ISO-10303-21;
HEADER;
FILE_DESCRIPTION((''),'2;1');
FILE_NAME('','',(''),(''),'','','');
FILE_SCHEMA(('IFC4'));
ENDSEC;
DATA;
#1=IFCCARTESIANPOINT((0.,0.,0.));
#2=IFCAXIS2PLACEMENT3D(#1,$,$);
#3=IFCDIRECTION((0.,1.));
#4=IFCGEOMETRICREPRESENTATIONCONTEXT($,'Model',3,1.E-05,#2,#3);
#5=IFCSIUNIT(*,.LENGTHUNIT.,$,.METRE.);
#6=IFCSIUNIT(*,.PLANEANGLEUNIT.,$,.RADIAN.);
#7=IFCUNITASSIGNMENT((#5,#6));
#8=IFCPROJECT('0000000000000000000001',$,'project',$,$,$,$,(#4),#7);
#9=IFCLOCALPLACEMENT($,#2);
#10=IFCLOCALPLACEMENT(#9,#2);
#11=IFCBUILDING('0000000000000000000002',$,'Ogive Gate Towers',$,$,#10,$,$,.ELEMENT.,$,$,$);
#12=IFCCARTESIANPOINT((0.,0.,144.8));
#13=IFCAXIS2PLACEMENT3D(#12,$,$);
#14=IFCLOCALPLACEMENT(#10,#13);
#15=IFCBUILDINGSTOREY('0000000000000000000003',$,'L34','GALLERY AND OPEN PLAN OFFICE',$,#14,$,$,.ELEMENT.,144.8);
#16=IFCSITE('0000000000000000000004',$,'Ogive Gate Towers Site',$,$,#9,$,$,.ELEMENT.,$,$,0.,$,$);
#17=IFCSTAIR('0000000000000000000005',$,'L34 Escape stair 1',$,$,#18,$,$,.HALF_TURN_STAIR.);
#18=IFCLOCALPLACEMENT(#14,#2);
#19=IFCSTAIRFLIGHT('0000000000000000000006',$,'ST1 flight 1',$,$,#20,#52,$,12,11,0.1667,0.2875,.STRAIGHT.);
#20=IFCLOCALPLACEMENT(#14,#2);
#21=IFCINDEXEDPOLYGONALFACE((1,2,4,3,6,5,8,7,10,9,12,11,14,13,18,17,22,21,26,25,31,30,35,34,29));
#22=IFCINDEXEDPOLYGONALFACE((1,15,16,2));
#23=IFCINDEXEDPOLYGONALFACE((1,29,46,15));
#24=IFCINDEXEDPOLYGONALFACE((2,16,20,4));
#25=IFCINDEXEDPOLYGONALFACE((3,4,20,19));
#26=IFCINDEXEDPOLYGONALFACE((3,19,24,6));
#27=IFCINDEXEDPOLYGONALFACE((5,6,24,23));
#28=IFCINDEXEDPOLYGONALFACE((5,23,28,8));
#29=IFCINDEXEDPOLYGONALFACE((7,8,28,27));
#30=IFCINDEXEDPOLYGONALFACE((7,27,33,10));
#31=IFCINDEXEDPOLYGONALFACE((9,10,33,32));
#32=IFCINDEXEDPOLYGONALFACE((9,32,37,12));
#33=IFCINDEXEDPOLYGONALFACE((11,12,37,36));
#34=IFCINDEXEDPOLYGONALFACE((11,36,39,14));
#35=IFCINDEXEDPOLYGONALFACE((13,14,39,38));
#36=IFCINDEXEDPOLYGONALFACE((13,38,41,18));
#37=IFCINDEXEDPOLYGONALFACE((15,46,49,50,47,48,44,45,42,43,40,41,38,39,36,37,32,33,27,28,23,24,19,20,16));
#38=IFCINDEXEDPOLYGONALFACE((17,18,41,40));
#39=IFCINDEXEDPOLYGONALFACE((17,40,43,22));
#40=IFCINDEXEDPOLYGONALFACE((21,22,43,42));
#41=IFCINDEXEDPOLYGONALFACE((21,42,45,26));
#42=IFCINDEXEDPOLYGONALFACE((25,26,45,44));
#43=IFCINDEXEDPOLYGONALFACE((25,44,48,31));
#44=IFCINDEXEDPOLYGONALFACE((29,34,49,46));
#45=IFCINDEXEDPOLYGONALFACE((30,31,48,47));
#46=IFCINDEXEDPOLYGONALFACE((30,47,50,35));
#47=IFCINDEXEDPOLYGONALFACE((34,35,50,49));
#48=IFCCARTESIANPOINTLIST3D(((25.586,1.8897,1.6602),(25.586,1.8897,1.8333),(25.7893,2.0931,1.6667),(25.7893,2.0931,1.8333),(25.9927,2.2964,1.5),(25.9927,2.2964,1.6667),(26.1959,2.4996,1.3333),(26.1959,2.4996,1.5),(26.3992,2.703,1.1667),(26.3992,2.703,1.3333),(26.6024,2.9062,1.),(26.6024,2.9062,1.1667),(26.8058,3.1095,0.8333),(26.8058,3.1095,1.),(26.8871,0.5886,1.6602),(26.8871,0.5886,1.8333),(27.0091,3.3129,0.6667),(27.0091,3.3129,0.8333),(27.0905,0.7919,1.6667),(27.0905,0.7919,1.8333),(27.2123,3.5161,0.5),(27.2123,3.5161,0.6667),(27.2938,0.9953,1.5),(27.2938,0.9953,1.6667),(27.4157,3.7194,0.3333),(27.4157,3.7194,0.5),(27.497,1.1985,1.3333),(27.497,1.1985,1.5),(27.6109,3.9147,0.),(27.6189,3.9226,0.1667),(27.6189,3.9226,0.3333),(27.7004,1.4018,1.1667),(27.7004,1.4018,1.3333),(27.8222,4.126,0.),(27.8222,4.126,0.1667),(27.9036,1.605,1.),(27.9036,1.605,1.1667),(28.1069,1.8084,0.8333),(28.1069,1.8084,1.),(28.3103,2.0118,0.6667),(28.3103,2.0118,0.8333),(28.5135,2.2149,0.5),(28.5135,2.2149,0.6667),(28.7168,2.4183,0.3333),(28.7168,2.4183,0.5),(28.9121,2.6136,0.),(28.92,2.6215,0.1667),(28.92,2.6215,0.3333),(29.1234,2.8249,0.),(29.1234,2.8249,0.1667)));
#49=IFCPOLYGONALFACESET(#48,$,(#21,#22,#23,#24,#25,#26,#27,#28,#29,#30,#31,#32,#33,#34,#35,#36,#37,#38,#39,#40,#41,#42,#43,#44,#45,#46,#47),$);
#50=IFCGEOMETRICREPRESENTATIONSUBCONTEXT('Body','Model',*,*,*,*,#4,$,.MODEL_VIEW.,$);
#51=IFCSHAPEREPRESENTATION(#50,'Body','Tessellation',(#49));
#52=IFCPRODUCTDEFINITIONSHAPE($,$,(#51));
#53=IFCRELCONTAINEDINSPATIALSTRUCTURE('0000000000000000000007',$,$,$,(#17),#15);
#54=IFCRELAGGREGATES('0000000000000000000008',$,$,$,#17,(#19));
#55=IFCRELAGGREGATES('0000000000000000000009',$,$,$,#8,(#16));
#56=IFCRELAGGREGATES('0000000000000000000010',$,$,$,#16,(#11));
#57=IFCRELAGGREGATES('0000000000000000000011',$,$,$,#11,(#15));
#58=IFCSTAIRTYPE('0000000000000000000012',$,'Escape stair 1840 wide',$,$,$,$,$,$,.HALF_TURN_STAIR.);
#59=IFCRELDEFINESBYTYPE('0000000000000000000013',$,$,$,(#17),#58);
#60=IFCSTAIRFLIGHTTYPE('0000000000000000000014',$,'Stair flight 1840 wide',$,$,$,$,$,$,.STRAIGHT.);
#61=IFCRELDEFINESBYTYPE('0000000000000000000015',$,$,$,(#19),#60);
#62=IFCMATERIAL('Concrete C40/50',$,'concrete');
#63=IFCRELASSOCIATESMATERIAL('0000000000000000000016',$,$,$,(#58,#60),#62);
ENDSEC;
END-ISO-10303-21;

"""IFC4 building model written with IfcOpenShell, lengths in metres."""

from ifc_helpers import new_model, si_unit, direction, frame, origin, place, context, subcontext, project, spatial, polyline, outline, extrude, material, type_object, element, aggregate, save


model = new_model("IFC4")

# Units and contexts
model_context = context("Model", 3, precision=1e-05, world=origin(), true_north=direction((0.0, 1.0)))
body_context = subcontext(model_context, "Body", "Model", "MODEL_VIEW")
ifc_project = project(units=[si_unit("LENGTHUNIT", "METRE"), si_unit("PLANEANGLEUNIT", "RADIAN")], contexts=[model_context])

# Site, building, storey
site_placement = place(None, origin())
site = spatial("IfcSite", under=ifc_project, at=site_placement, Name="Ogive Gate Towers Site", CompositionType="ELEMENT", RefElevation=0.0)
building_placement = place(site_placement, origin())
building = spatial("IfcBuilding", under=site, at=building_placement, Name="Ogive Gate Towers", CompositionType="ELEMENT")
storey_placement = place(building_placement, frame((0.0, 0.0, 144.8)))
storey = spatial("IfcBuildingStorey", under=building, at=storey_placement, Name="L34", Description="GALLERY AND OPEN PLAN OFFICE", CompositionType="ELEMENT", Elevation=144.8)

# Shared definitions
ifc_material_1 = material(Name="Concrete C40/50", Category="concrete")

# Stair, stair flight
stair_type = type_object("IfcStairType", Name="Escape stair 1840 wide", PredefinedType="HALF_TURN_STAIR", material=ifc_material_1)
stair_placement = place(storey_placement, origin())
stair = element("IfcStair", 1, at=stair_placement, inside=storey, type_object=stair_type, Name="L34 Escape stair 1", PredefinedType="HALF_TURN_STAIR")
stair_flight_type = type_object("IfcStairFlightType", Name="Stair flight 1840 wide", PredefinedType="STRAIGHT", material=ifc_material_1)
stair_flight_placement = place(storey_placement, frame((28.4729, 3.4753, 0.0), z_axis=(0.0, 0.0, 1.0), x_axis=(-0.707107, -0.707107, 0.0)))
stair_flight = element("IfcStairFlight", 2, at=stair_flight_placement, type_object=stair_flight_type, Name="ST1 flight 1", NumberOfRisers=12, NumberOfTreads=11, PredefinedType="STRAIGHT", RiserHeight=0.1667, TreadLength=0.2875, context=body_context, shape_type="SweptSolid", body=[
    extrude(outline(polyline([(0.0, 0.0), (0.0, 0.1667), (0.2876, 0.1667), (0.2876, 0.3333), (0.575, 0.3333), (0.575, 0.5), (0.8625, 0.5), (0.8625, 0.6667), (1.1499, 0.6667), (1.1499, 0.8333), (1.4375, 0.8333), (1.4375, 1.0), (1.7251, 1.0), (1.7251, 1.1667), (2.0125, 1.1667), (2.0125, 1.3333), (2.3, 1.3333), (2.3, 1.5), (2.5874, 1.5), (2.5874, 1.6667), (2.875, 1.6667), (2.875, 1.8333), (3.1626, 1.8333), (3.1626, 2.0), (3.1626, 1.6602), (0.2988, 0.0), (0.0, 0.0)])), frame((0.0, 0.9199, 0.0), z_axis=(0.0, -1.0, 0.0), x_axis=(1.0, 0.0, 0.0)), (0.0, 0.0, 1.0), 1.8401),
])
aggregate(stair, [stair_flight])

save(model, "model.ifc")
